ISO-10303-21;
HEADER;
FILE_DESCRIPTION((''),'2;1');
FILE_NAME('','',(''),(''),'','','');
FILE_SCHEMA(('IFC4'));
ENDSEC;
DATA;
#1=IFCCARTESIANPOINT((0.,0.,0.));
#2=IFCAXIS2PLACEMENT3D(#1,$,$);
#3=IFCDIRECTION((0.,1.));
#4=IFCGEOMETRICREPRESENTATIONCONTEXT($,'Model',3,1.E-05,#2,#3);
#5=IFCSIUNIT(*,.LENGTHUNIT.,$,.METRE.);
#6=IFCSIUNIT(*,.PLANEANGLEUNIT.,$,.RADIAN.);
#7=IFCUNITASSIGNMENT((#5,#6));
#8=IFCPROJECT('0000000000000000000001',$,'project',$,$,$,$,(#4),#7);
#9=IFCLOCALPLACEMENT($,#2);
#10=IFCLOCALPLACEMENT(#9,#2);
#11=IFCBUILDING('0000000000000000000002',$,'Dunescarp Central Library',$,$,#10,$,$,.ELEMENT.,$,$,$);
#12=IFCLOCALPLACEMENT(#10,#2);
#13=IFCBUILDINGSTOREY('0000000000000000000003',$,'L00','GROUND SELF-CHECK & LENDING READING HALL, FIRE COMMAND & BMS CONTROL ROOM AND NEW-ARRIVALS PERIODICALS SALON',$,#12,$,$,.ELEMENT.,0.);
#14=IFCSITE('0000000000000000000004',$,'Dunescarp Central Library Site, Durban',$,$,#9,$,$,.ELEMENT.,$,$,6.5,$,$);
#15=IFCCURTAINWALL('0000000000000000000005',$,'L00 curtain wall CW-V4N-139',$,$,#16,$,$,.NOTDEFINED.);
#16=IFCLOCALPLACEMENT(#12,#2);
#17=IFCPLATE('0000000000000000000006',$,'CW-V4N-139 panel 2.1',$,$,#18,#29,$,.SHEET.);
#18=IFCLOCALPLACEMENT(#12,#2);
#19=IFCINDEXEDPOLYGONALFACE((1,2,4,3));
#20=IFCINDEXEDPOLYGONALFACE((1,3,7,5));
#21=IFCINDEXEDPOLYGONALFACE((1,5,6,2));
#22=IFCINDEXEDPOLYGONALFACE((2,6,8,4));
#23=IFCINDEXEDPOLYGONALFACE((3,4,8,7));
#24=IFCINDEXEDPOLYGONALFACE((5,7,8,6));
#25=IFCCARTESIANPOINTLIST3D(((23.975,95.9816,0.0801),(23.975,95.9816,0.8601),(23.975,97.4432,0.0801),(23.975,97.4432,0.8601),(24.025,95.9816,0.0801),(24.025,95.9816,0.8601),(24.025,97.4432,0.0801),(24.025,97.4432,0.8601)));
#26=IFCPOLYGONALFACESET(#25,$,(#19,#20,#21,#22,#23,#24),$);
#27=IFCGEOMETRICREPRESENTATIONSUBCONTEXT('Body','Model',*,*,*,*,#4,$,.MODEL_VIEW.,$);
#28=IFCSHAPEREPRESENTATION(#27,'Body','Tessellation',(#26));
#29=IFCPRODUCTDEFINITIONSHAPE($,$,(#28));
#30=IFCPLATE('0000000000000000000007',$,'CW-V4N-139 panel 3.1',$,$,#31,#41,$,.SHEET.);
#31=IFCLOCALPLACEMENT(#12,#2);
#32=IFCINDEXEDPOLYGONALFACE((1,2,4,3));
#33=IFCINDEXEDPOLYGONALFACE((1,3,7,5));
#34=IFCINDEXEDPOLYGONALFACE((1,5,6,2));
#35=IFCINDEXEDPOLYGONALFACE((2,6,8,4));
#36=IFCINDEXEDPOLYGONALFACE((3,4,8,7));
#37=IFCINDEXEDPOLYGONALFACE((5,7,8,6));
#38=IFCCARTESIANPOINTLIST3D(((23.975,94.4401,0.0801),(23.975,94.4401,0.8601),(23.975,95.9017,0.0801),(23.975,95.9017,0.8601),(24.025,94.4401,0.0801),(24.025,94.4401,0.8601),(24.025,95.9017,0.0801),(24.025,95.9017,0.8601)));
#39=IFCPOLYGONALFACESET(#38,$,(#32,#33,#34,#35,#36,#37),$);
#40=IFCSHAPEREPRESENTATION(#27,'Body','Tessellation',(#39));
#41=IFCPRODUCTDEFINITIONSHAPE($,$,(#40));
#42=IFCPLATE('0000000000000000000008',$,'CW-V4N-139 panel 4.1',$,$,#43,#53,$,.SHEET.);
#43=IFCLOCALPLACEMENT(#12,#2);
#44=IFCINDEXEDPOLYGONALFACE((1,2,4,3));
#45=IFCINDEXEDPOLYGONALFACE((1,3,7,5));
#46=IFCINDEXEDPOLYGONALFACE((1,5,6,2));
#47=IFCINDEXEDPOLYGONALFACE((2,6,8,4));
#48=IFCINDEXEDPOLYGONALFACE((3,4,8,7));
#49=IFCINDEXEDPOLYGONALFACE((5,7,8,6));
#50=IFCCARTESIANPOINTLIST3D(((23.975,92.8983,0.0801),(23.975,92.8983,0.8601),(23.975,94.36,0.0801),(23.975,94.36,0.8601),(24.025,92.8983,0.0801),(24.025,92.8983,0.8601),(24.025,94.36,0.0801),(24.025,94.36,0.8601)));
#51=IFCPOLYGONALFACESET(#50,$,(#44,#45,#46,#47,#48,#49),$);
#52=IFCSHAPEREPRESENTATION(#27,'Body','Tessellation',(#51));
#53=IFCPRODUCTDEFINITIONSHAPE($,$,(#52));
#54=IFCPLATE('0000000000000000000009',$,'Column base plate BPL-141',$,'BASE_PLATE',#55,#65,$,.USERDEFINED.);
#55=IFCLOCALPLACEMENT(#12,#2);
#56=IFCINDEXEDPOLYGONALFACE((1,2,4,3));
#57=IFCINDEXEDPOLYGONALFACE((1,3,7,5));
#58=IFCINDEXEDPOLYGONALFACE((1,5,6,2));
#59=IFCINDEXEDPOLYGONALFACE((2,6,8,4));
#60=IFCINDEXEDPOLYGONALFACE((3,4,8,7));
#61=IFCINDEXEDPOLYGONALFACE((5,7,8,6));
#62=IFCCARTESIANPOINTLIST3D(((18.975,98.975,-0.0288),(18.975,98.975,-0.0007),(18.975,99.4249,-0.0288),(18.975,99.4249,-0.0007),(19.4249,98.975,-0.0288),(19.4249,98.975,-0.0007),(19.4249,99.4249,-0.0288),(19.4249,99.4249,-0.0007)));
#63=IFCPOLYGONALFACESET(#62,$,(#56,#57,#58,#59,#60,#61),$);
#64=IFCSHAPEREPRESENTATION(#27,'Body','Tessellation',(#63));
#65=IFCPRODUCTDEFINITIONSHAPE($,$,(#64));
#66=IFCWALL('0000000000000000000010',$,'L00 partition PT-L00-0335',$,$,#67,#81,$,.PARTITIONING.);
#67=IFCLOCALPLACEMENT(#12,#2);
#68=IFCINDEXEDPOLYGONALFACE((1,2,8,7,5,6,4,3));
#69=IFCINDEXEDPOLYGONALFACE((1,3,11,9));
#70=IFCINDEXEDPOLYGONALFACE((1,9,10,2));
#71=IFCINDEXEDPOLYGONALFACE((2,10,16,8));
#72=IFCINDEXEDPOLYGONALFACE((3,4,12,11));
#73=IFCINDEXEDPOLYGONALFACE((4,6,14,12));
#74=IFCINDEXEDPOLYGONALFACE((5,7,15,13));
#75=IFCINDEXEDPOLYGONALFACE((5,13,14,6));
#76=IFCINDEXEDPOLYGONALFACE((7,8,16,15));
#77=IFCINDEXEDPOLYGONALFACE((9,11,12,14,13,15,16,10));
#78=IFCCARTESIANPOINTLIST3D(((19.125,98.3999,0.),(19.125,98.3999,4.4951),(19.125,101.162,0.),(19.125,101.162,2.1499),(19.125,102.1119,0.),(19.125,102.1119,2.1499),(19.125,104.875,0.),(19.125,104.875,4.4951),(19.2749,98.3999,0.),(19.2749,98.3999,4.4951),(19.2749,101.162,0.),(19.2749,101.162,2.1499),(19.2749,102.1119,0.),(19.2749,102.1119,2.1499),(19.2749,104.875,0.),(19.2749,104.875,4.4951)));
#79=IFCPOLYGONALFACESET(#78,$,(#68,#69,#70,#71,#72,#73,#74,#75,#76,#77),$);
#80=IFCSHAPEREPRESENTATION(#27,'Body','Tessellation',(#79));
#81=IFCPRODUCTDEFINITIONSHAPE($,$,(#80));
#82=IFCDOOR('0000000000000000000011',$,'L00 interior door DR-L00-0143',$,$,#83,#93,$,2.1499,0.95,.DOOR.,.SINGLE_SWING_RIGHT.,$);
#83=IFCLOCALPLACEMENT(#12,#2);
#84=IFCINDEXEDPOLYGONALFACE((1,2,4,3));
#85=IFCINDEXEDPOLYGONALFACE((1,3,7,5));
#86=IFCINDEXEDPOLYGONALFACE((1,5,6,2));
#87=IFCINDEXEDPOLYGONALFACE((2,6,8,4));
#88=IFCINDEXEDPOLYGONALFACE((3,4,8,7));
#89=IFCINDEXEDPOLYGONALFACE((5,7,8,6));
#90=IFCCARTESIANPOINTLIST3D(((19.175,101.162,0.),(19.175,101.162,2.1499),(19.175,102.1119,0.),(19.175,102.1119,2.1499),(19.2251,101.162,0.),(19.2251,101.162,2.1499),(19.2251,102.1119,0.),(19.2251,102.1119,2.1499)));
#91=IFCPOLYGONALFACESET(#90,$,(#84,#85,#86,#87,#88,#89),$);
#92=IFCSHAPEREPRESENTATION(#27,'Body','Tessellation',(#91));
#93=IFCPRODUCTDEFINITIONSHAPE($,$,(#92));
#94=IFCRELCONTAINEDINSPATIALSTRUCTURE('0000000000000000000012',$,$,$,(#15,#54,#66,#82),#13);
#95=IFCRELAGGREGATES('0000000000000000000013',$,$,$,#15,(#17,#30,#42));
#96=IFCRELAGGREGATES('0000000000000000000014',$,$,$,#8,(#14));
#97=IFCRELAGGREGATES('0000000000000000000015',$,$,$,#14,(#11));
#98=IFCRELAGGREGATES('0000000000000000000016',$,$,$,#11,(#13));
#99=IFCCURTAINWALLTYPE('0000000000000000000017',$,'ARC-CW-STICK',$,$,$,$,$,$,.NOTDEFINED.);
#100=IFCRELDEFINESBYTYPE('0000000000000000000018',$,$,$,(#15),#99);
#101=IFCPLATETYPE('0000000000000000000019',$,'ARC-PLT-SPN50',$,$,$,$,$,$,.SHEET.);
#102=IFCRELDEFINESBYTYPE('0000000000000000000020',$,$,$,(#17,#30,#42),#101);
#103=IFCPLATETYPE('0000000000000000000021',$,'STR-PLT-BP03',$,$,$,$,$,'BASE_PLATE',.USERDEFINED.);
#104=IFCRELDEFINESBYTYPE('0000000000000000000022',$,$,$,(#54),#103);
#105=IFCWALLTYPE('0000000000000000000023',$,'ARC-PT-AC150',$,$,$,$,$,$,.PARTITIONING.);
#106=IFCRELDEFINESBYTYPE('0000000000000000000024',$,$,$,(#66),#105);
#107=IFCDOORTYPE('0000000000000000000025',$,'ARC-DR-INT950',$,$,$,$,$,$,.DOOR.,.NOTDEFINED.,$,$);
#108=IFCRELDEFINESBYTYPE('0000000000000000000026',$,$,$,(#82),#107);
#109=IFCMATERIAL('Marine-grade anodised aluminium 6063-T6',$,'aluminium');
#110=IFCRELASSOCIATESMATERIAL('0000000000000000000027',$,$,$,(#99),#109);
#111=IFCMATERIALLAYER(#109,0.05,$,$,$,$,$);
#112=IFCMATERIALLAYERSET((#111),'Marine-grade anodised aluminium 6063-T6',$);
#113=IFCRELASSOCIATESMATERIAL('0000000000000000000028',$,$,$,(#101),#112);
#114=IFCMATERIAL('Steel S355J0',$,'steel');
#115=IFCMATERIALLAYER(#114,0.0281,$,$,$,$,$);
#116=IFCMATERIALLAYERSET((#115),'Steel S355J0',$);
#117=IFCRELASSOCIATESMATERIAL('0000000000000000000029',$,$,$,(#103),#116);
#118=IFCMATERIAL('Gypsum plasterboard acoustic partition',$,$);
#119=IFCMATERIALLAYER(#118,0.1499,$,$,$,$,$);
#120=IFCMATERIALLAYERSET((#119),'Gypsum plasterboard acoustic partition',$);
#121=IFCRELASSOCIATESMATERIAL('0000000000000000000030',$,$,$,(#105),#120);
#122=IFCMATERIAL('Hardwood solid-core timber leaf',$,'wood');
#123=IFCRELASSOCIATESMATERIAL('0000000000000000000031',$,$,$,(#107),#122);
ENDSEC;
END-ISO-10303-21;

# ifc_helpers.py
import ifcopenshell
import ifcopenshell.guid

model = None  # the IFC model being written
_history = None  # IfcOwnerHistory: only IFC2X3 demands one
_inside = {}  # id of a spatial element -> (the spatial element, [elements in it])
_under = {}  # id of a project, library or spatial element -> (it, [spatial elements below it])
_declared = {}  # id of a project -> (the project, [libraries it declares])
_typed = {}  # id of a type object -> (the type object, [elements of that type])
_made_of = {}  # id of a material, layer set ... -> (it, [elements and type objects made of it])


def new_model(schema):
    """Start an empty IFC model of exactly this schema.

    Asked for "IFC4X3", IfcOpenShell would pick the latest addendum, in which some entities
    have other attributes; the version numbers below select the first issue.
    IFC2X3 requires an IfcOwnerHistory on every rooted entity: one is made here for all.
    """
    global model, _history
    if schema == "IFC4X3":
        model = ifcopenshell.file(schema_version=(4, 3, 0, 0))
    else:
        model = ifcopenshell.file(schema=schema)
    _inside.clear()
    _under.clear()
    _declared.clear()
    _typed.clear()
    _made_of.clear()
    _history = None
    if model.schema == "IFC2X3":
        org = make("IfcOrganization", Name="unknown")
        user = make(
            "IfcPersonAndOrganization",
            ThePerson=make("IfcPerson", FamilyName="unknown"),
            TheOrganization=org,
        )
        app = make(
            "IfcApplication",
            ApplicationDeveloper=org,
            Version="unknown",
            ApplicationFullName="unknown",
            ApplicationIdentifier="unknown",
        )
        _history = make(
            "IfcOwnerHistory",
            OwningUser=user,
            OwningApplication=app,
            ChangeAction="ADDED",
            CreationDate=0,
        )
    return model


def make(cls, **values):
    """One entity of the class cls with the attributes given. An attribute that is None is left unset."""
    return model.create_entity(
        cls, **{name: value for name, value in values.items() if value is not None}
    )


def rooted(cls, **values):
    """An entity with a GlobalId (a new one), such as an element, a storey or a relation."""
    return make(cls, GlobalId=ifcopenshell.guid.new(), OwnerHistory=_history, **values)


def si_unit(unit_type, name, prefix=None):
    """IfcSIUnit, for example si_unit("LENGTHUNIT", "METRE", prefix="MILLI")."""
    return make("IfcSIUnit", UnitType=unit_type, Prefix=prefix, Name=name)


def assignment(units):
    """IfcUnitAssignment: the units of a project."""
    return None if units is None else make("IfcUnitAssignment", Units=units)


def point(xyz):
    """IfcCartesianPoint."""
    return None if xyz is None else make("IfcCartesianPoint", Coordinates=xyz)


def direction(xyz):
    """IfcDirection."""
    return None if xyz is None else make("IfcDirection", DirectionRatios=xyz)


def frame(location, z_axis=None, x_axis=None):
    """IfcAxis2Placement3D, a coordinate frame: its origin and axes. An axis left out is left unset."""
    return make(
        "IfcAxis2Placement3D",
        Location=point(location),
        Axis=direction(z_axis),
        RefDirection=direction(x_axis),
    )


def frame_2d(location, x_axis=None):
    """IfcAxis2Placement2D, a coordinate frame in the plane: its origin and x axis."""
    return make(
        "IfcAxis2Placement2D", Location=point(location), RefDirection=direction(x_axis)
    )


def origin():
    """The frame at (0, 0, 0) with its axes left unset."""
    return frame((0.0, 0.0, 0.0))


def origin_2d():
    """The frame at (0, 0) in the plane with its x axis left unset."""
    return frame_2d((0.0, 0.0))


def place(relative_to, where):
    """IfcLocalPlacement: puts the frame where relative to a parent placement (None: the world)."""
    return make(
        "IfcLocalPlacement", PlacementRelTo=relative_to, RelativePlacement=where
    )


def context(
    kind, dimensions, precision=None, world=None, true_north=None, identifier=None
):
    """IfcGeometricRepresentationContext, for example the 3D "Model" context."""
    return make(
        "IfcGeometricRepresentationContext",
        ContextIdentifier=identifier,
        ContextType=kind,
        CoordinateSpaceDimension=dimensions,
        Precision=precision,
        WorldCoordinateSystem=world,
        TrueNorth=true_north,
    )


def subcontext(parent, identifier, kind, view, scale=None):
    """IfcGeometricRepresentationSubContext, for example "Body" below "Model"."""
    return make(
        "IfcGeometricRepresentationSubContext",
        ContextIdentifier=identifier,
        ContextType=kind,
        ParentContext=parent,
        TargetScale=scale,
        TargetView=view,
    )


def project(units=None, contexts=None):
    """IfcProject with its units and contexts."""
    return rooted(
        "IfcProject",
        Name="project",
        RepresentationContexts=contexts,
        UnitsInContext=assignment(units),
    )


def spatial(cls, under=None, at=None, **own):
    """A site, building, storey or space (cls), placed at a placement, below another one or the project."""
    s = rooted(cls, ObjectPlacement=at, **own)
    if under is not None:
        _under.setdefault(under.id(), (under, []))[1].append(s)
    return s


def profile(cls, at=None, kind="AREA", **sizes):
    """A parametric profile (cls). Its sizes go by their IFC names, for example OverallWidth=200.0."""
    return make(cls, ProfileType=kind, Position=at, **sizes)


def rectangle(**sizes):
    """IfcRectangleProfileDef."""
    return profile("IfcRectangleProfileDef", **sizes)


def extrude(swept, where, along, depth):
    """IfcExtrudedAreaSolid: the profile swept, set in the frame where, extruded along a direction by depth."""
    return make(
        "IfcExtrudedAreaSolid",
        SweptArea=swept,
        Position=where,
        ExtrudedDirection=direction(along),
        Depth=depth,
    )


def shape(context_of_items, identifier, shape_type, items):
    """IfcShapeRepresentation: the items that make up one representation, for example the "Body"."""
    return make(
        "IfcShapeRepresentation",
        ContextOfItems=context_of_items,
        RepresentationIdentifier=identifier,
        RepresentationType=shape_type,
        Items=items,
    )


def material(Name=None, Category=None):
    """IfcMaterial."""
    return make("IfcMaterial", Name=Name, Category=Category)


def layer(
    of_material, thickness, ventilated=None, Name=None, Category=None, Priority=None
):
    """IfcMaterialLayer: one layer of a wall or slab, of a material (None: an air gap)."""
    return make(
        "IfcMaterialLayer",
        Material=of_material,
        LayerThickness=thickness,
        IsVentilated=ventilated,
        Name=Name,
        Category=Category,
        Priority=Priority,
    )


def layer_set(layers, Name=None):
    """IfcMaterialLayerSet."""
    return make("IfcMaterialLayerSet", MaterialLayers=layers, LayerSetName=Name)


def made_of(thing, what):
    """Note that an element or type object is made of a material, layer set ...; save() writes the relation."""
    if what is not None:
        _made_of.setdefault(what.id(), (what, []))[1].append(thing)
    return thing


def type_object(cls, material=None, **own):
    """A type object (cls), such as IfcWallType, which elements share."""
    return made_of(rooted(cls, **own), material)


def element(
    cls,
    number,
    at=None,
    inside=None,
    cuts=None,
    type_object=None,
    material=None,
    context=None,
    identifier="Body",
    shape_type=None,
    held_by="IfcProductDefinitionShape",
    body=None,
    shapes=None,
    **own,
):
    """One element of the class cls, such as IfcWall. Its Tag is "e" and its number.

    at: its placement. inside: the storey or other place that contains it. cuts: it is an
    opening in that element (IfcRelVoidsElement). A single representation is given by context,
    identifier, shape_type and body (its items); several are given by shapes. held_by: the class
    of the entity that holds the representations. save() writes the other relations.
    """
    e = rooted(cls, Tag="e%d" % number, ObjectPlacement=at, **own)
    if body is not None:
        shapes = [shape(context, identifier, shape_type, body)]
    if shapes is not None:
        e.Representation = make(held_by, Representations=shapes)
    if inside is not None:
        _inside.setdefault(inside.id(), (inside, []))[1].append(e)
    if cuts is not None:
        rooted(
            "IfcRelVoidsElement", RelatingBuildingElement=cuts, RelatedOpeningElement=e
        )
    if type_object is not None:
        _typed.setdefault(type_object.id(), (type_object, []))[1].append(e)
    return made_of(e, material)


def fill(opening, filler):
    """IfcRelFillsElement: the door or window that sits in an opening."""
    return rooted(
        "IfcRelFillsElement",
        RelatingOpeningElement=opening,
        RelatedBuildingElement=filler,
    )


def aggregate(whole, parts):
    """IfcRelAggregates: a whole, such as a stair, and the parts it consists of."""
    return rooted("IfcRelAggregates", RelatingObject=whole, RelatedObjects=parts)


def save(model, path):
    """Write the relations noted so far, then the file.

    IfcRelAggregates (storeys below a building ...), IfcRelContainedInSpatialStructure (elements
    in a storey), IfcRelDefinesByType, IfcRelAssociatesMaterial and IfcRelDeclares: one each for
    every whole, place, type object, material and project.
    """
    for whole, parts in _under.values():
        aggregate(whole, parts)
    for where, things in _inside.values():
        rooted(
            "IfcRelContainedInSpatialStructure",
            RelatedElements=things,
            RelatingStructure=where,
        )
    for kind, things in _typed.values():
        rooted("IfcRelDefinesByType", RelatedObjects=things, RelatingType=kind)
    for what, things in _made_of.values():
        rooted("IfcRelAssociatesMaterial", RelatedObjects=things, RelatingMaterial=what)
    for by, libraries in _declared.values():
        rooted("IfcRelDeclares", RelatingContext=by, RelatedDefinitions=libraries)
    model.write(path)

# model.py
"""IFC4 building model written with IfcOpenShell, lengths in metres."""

from ifc_helpers import new_model, si_unit, direction, frame, frame_2d, origin, origin_2d, place, context, subcontext, project, spatial, rectangle, extrude, material, layer, layer_set, type_object, element, fill, aggregate, save


model = new_model("IFC4")

# Units and contexts
model_context = context("Model", 3, precision=1e-05, world=origin(), true_north=direction((0.0, 1.0)))
body_context = subcontext(model_context, "Body", "Model", "MODEL_VIEW")
ifc_project = project(units=[si_unit("LENGTHUNIT", "METRE"), si_unit("PLANEANGLEUNIT", "RADIAN")], contexts=[model_context])

# Site, building, storey
site_placement = place(None, origin())
site = spatial("IfcSite", under=ifc_project, at=site_placement, Name="Dunescarp Central Library Site, Durban", CompositionType="ELEMENT", RefElevation=6.5)
building_placement = place(site_placement, origin())
building = spatial("IfcBuilding", under=site, at=building_placement, Name="Dunescarp Central Library", CompositionType="ELEMENT")
storey_placement = place(building_placement, origin())
storey = spatial("IfcBuildingStorey", under=building, at=storey_placement, Name="L00", Description="GROUND SELF-CHECK & LENDING READING HALL, FIRE COMMAND & BMS CONTROL ROOM AND NEW-ARRIVALS PERIODICALS SALON", CompositionType="ELEMENT", Elevation=0.0)

# Curtain wall, plates
ifc_material_1 = material(Name="Marine-grade anodised aluminium 6063-T6", Category="aluminium")
curtain_wall_type = type_object("IfcCurtainWallType", Name="ARC-CW-STICK", PredefinedType="NOTDEFINED", material=ifc_material_1)
curtain_wall_placement = place(storey_placement, origin())
curtain_wall = element("IfcCurtainWall", 1, at=curtain_wall_placement, inside=storey, type_object=curtain_wall_type, Name="L00 curtain wall CW-V4N-139", PredefinedType="NOTDEFINED")
ifc_layer_1 = layer(ifc_material_1, 0.05)
ifc_layer_set_1 = layer_set([ifc_layer_1], Name="Marine-grade anodised aluminium 6063-T6")
plate_type_1 = type_object("IfcPlateType", Name="ARC-PLT-SPN50", PredefinedType="SHEET", material=ifc_layer_set_1)
plate_1_placement = place(storey_placement, frame((24.0, 96.7124, 0.0801), z_axis=(0.0, 0.0, 1.0), x_axis=(0.0, -1.0, 0.0)))
plate_1 = element("IfcPlate", 2, at=plate_1_placement, type_object=plate_type_1, Name="CW-V4N-139 panel 2.1", PredefinedType="SHEET", context=body_context, shape_type="SweptSolid", body=[
    extrude(rectangle(XDim=1.4617, YDim=0.05, at=origin_2d()), origin(), (0.0, 0.0, 1.0), 0.78),
])
plate_2_placement = place(storey_placement, frame((24.0, 95.1709, 0.0801), z_axis=(0.0, 0.0, 1.0), x_axis=(0.0, -1.0, 0.0)))
plate_2 = element("IfcPlate", 3, at=plate_2_placement, type_object=plate_type_1, Name="CW-V4N-139 panel 3.1", PredefinedType="SHEET", context=body_context, shape_type="SweptSolid", body=[
    extrude(rectangle(XDim=1.4617, YDim=0.05, at=origin_2d()), origin(), (0.0, 0.0, 1.0), 0.78),
])
plate_3_placement = place(storey_placement, frame((24.0, 93.6292, 0.0801), z_axis=(0.0, 0.0, 1.0), x_axis=(0.0, -1.0, 0.0)))
plate_3 = element("IfcPlate", 4, at=plate_3_placement, type_object=plate_type_1, Name="CW-V4N-139 panel 4.1", PredefinedType="SHEET", context=body_context, shape_type="SweptSolid", body=[
    extrude(rectangle(XDim=1.4617, YDim=0.05, at=origin_2d()), origin(), (0.0, 0.0, 1.0), 0.78),
])
aggregate(curtain_wall, [plate_1, plate_2, plate_3])

# Plate
ifc_material_2 = material(Name="Steel S355J0", Category="steel")
ifc_layer_2 = layer(ifc_material_2, 0.0281)
ifc_layer_set_2 = layer_set([ifc_layer_2], Name="Steel S355J0")
plate_type_2 = type_object("IfcPlateType", Name="STR-PLT-BP03", ElementType="BASE_PLATE", PredefinedType="USERDEFINED", material=ifc_layer_set_2)
plate_4_placement = place(storey_placement, frame((19.2, 99.2, -0.0288), z_axis=(0.0, 0.0, 1.0), x_axis=(1.0, 0.0, 0.0)))
element("IfcPlate", 5, at=plate_4_placement, inside=storey, type_object=plate_type_2, Name="Column base plate BPL-141", ObjectType="BASE_PLATE", PredefinedType="USERDEFINED", context=body_context, shape_type="SweptSolid", body=[
    extrude(rectangle(XDim=0.45, YDim=0.45, at=origin_2d()), origin(), (0.0, 0.0, 1.0), 0.0281),
])

# Wall, opening, door
ifc_material_3 = material(Name="Gypsum plasterboard acoustic partition")
ifc_layer_3 = layer(ifc_material_3, 0.1499)
ifc_layer_set_3 = layer_set([ifc_layer_3], Name="Gypsum plasterboard acoustic partition")
wall_type = type_object("IfcWallType", Name="ARC-PT-AC150", PredefinedType="PARTITIONING", material=ifc_layer_set_3)
wall_placement = place(storey_placement, frame((19.2, 98.3999, 0.0), z_axis=(0.0, 0.0, 1.0), x_axis=(0.0, 1.0, 0.0)))
wall = element("IfcWall", 6, at=wall_placement, inside=storey, type_object=wall_type, Name="L00 partition PT-L00-0335", PredefinedType="PARTITIONING", context=body_context, shape_type="SweptSolid", body=[
    extrude(rectangle(XDim=6.4751, YDim=0.1499, at=frame_2d((3.2375, 0.0))), origin(), (0.0, 0.0, 1.0), 4.4951),
])
opening_placement = place(wall_placement, frame((2.762, 0.0, 0.0)))
opening = element("IfcOpeningElement", 7, at=opening_placement, cuts=wall, PredefinedType="OPENING", context=body_context, shape_type="SweptSolid", body=[
    extrude(rectangle(XDim=0.95, YDim=2.1499, at=frame_2d((0.4751, 1.075))), frame((0.0, 0.085, 0.0), z_axis=(0.0, -1.0, 0.0), x_axis=(1.0, 0.0, 0.0)), (0.0, 0.0, 1.0), 0.1699),
])
ifc_material_4 = material(Name="Hardwood solid-core timber leaf", Category="wood")
door_type = type_object("IfcDoorType", Name="ARC-DR-INT950", OperationType="NOTDEFINED", PredefinedType="DOOR", material=ifc_material_4)
door_placement = place(opening_placement, origin())
door = element("IfcDoor", 8, at=door_placement, inside=storey, type_object=door_type, Name="L00 interior door DR-L00-0143", OperationType="SINGLE_SWING_RIGHT", OverallHeight=2.1499, OverallWidth=0.95, PredefinedType="DOOR", context=body_context, shape_type="SweptSolid", body=[
    extrude(rectangle(XDim=0.95, YDim=2.1499, at=frame_2d((0.4751, 1.075))), frame((0.0, 0.0249, 0.0), z_axis=(0.0, -1.0, 0.0), x_axis=(1.0, 0.0, 0.0)), (0.0, 0.0, 1.0), 0.05),
])
fill(opening, door)

save(model, "model.ifc")
